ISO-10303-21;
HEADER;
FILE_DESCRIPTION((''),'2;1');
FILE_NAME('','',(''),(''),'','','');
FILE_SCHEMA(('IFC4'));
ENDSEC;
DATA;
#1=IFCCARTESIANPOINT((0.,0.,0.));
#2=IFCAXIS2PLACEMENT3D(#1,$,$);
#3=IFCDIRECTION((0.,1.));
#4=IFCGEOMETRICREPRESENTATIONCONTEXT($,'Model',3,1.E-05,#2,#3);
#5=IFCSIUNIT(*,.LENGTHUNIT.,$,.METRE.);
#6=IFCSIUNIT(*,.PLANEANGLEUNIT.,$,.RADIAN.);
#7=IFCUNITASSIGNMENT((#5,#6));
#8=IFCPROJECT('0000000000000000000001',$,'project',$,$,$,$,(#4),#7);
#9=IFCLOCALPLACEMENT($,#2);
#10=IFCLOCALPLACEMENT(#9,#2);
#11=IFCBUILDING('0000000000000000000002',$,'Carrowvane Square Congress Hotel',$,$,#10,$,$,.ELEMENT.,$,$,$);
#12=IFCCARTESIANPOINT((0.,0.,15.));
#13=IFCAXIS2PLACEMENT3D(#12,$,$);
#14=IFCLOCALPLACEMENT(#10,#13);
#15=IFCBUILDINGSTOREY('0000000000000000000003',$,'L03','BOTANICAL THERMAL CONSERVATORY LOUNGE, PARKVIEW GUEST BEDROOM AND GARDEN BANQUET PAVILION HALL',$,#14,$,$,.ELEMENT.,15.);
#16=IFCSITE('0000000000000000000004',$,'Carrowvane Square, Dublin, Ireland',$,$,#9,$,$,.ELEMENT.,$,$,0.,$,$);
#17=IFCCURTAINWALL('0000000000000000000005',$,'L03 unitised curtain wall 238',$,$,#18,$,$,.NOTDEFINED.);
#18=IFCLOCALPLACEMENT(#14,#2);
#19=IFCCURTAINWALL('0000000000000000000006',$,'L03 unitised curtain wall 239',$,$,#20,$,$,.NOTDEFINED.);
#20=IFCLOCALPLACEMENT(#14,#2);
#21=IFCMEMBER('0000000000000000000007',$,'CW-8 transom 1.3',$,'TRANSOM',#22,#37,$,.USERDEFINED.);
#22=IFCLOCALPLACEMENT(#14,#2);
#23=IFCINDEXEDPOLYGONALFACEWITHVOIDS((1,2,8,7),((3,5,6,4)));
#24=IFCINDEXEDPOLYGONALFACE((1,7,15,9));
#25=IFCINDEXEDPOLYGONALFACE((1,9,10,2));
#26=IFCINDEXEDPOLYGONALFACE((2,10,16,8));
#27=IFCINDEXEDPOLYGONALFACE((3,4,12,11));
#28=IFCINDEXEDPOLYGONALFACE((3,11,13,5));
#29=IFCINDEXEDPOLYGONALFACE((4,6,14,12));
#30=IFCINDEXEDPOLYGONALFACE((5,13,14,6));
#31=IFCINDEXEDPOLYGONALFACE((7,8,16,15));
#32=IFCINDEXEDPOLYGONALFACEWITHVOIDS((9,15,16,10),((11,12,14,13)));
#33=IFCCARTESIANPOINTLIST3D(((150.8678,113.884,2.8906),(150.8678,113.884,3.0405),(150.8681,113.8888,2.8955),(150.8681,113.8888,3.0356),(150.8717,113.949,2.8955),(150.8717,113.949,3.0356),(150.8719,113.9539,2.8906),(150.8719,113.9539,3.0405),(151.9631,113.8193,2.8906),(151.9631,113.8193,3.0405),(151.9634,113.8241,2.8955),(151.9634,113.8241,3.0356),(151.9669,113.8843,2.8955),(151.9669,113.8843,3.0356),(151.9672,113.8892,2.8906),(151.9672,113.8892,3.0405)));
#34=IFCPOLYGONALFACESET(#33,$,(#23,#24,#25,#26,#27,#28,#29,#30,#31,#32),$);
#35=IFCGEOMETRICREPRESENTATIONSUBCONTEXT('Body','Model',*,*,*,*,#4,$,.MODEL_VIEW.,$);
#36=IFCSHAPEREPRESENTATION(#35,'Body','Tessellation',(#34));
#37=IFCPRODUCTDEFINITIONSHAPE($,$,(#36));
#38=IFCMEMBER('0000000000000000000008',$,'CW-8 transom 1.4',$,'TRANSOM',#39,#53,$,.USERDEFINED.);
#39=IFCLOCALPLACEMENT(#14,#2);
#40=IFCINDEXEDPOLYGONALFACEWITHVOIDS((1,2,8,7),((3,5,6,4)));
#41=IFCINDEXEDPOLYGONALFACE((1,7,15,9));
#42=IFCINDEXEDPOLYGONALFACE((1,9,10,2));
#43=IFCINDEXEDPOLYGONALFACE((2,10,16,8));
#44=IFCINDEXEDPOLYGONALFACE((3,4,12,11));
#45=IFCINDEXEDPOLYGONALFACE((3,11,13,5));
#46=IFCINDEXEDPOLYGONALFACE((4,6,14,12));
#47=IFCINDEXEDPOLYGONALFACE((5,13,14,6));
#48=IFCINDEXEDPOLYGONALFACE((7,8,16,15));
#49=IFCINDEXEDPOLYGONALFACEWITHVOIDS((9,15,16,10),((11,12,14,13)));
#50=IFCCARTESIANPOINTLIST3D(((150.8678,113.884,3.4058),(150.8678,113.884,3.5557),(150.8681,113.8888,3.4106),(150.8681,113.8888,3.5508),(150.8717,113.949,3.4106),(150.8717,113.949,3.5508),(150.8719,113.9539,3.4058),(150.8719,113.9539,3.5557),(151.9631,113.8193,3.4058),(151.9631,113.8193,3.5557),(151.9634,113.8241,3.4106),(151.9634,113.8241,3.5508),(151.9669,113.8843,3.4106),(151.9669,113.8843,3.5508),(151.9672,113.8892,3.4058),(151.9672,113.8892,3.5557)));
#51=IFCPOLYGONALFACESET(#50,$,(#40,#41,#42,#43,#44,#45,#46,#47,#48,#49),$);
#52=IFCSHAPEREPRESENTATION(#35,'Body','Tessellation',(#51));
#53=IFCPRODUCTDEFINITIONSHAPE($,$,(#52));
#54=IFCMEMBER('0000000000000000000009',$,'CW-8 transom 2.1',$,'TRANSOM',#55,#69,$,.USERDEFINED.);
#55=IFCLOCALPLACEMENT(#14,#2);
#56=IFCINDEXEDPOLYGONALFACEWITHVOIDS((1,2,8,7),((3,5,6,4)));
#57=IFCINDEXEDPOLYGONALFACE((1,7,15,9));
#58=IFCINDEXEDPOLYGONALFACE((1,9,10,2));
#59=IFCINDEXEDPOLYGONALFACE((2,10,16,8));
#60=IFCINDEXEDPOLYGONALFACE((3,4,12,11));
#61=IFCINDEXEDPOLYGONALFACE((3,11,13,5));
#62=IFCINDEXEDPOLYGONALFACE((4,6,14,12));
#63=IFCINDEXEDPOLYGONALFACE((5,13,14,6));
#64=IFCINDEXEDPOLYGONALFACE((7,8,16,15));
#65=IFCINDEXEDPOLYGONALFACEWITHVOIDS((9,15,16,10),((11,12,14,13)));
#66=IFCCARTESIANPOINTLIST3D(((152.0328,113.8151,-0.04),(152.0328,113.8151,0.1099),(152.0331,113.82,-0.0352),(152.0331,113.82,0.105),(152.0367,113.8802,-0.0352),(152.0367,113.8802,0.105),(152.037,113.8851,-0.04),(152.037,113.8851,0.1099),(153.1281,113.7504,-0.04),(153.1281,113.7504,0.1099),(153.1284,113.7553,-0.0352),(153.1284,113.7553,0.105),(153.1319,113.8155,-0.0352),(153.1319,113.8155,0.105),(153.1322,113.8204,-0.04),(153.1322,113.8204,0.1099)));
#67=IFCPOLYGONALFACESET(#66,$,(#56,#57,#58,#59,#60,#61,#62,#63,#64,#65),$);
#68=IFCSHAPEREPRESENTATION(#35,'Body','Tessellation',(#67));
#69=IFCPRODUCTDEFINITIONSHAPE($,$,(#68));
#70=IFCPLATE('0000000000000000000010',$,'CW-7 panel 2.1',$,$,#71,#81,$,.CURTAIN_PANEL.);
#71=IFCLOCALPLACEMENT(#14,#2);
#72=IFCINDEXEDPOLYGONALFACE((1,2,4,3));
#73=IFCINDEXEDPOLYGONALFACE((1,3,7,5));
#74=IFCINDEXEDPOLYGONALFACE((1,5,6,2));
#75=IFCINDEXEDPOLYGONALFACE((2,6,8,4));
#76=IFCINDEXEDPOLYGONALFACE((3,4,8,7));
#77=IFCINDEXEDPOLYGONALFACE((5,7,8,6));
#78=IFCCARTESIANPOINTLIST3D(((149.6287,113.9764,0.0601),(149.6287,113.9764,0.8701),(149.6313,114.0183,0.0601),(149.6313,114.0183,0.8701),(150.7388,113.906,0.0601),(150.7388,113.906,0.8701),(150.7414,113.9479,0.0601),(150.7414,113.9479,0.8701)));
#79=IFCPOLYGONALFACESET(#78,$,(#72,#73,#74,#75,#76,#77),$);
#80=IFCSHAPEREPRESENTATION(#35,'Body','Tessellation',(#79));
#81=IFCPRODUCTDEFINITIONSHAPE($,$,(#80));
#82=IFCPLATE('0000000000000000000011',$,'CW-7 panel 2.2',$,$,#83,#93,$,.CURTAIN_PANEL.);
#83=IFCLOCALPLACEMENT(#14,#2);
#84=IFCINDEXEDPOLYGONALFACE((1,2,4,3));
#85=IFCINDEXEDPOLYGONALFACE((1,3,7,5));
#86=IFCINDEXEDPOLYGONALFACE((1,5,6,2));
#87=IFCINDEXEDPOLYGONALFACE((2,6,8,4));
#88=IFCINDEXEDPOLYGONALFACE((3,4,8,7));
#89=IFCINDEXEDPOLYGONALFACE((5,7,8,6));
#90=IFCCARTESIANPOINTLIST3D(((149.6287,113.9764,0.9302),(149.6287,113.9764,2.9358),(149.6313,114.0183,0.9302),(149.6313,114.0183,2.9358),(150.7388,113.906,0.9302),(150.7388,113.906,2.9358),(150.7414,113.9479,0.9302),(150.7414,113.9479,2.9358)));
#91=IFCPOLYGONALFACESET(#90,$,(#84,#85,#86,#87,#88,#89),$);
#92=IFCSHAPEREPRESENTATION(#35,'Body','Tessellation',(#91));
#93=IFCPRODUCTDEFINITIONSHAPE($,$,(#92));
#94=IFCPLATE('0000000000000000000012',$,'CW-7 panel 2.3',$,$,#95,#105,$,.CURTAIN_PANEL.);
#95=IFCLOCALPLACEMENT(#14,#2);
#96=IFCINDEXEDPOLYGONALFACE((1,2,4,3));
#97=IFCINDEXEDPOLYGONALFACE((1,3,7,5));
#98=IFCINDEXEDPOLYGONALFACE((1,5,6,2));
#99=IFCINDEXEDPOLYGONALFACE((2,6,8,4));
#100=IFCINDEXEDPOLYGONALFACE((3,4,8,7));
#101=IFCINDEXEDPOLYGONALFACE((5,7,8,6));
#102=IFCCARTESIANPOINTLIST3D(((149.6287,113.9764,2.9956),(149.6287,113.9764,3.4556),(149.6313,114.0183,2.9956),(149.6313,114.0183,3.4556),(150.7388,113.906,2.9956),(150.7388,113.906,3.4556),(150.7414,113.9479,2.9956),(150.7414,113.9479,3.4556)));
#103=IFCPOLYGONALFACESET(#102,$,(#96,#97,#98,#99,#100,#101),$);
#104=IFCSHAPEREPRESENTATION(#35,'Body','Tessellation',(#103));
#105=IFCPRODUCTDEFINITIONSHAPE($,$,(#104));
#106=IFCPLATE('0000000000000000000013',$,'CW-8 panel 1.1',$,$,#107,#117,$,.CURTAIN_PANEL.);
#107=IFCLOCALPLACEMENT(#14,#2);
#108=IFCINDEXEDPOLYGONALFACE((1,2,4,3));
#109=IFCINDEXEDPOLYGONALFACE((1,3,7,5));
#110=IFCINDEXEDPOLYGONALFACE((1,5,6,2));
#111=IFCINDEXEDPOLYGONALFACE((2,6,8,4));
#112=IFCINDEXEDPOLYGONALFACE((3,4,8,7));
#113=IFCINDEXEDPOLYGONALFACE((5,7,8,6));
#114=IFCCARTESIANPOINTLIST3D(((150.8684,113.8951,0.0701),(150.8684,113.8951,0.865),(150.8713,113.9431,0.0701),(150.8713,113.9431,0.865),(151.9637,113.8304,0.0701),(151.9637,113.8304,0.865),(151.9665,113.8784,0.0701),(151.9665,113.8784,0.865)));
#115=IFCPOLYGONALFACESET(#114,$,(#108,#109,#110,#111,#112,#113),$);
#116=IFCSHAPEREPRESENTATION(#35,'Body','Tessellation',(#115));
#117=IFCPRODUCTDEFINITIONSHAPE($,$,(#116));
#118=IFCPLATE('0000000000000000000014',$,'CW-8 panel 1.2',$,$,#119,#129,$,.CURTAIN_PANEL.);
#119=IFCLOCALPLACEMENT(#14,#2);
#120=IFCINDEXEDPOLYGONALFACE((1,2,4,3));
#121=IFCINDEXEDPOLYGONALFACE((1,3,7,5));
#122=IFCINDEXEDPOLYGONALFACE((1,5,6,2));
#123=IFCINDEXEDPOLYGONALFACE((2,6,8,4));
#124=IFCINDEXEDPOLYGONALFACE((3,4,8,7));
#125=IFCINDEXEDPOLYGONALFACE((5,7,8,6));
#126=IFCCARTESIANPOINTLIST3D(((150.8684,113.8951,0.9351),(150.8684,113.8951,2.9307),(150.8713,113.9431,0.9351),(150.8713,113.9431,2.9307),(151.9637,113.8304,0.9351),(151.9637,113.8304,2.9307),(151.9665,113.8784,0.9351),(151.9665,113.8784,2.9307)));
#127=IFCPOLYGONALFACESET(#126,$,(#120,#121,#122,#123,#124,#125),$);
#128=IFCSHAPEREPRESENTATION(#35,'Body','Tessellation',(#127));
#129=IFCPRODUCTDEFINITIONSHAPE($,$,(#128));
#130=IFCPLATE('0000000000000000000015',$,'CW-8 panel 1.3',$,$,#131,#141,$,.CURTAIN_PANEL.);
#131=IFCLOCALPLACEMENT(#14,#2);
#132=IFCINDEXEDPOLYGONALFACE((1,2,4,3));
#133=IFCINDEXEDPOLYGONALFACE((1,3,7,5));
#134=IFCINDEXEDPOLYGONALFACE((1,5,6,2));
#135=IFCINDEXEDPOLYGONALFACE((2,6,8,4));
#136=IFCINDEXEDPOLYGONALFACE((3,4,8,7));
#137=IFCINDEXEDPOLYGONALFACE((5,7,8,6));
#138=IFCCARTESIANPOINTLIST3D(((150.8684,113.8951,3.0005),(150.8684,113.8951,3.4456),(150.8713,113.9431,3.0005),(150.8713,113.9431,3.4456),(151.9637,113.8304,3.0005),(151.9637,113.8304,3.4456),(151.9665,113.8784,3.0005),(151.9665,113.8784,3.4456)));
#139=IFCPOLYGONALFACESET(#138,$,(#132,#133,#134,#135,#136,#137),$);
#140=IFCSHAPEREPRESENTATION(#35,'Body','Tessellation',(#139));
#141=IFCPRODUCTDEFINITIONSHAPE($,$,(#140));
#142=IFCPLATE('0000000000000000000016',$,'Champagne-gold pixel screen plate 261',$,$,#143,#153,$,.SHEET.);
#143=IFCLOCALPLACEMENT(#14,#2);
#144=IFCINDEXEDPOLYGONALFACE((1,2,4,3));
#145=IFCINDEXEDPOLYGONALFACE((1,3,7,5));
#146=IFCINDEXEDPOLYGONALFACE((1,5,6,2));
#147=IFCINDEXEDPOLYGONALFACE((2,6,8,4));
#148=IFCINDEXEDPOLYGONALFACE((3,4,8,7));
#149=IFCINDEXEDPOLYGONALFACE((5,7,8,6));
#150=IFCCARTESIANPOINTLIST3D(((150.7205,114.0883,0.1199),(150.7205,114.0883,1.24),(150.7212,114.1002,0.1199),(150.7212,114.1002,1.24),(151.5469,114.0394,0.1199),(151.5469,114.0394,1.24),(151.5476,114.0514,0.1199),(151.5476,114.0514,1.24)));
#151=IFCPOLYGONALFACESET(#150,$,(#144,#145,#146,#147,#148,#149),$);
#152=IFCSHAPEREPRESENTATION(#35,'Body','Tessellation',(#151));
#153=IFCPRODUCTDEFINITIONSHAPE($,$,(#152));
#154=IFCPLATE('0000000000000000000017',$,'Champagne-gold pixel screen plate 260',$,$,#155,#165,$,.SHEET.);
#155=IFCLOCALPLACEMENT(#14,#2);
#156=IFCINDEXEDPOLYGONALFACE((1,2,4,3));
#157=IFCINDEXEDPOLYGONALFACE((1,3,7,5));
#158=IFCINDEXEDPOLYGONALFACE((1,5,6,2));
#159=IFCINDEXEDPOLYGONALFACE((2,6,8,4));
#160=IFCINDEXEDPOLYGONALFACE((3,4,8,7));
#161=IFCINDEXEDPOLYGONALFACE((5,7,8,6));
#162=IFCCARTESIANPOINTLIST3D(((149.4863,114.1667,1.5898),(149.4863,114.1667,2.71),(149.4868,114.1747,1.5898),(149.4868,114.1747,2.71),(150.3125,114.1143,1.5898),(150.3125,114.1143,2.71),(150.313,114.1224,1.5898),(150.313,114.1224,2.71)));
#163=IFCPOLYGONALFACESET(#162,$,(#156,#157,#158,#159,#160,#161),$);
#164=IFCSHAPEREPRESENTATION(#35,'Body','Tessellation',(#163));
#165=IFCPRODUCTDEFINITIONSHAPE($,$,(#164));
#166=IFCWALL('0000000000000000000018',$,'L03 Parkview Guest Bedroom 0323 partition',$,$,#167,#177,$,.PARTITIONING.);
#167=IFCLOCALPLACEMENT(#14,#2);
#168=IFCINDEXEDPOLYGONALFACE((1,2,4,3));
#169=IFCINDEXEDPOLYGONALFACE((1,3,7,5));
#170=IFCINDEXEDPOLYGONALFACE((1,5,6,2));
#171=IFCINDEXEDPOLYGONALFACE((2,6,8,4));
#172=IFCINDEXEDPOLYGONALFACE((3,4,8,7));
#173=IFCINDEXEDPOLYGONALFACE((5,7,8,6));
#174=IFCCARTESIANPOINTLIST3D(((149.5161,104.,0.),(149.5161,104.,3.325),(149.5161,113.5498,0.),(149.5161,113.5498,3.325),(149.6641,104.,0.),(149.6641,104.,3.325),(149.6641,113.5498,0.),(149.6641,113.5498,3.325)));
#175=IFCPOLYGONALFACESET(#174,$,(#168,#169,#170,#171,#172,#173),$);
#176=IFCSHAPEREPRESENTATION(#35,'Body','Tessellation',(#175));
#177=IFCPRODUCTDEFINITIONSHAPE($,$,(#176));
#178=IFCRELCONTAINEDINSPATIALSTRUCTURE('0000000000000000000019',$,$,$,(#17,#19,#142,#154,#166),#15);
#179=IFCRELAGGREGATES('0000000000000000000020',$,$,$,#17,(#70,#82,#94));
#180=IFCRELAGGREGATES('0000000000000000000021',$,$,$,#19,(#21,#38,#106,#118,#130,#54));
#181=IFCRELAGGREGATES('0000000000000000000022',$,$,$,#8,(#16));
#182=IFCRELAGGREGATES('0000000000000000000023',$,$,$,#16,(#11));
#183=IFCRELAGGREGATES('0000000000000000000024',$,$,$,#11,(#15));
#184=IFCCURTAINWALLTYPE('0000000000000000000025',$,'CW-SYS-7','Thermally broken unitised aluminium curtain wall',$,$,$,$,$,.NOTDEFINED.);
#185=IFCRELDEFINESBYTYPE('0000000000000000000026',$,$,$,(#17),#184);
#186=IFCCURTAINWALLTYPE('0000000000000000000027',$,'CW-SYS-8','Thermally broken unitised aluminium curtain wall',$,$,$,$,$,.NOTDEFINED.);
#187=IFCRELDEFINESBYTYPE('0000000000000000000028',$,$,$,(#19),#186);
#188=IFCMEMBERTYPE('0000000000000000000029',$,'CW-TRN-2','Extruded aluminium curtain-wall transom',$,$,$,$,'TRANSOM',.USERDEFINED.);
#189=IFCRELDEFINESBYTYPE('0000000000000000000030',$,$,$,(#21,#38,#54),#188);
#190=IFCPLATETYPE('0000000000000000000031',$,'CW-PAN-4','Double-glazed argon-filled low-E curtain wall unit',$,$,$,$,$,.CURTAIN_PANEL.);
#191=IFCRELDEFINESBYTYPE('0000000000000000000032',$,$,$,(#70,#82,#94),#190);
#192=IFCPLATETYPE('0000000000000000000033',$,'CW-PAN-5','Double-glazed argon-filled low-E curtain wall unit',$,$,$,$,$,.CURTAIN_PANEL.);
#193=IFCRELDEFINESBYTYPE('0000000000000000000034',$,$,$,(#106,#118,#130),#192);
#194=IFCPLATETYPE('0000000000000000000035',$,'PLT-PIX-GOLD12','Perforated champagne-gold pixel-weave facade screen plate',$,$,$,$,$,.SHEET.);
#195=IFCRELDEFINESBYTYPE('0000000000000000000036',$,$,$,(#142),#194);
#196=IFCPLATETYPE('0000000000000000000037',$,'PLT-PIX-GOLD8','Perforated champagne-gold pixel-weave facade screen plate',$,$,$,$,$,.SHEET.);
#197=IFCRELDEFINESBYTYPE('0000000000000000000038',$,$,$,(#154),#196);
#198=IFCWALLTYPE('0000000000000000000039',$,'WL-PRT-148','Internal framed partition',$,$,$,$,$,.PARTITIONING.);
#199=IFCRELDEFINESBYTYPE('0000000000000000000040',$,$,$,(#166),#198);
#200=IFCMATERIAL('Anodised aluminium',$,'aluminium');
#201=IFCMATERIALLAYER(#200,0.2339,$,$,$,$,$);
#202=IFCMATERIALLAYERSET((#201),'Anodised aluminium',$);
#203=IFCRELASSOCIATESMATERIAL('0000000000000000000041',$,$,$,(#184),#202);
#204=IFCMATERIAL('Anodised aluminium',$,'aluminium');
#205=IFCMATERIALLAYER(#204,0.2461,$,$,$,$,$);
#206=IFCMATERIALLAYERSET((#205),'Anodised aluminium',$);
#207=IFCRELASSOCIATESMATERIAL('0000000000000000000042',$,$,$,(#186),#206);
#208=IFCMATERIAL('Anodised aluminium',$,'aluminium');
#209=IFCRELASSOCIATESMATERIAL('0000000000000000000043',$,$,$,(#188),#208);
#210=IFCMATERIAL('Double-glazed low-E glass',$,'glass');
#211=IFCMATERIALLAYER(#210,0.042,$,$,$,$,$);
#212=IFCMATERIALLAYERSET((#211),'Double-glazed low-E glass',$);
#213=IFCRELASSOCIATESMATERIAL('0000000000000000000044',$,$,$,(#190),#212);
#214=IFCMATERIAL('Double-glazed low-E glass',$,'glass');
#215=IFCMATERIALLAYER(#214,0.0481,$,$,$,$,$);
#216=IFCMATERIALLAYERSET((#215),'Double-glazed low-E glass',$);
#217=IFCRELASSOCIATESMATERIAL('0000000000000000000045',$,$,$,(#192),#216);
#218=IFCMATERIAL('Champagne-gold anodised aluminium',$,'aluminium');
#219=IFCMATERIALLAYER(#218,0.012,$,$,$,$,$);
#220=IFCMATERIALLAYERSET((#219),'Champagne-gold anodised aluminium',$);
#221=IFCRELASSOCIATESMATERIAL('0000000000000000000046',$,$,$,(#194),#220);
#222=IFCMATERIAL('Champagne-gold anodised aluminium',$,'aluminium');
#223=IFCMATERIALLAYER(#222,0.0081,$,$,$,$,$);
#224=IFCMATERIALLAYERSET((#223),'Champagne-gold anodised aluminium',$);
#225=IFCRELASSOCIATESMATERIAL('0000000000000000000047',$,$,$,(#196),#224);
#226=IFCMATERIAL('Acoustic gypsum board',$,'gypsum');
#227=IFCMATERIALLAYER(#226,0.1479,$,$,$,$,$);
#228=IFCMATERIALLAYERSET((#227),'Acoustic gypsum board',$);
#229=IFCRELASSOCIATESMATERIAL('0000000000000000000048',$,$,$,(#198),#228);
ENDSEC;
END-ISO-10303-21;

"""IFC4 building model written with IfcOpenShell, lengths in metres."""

from ifc_helpers import new_model, si_unit, direction, frame, frame_2d, origin, origin_2d, place, context, subcontext, project, spatial, rectangle, hollow_rectangle, extrude, material, layer, layer_set, material_profile, profile_set, type_object, element, aggregate, save


model = new_model("IFC4")

# Units and contexts
model_context = context("Model", 3, precision=1e-05, world=origin(), true_north=direction((0.0, 1.0)))
body_context = subcontext(model_context, "Body", "Model", "MODEL_VIEW")
ifc_project = project(units=[si_unit("LENGTHUNIT", "METRE"), si_unit("PLANEANGLEUNIT", "RADIAN")], contexts=[model_context])

# Site, building, storey
site_placement = place(None, origin())
site = spatial("IfcSite", under=ifc_project, at=site_placement, Name="Carrowvane Square, Dublin, Ireland", CompositionType="ELEMENT", RefElevation=0.0)
building_placement = place(site_placement, origin())
building = spatial("IfcBuilding", under=site, at=building_placement, Name="Carrowvane Square Congress Hotel", CompositionType="ELEMENT")
storey_placement = place(building_placement, frame((0.0, 0.0, 15.0)))
storey = spatial("IfcBuildingStorey", under=building, at=storey_placement, Name="L03", Description="BOTANICAL THERMAL CONSERVATORY LOUNGE, PARKVIEW GUEST BEDROOM AND GARDEN BANQUET PAVILION HALL", CompositionType="ELEMENT", Elevation=15.0)

# Curtain walls
ifc_material_1 = material(Name="Anodised aluminium", Category="aluminium")
ifc_layer_1 = layer(ifc_material_1, 0.2339)
ifc_layer_set_1 = layer_set([ifc_layer_1], Name="Anodised aluminium")
curtain_wall_type_1 = type_object("IfcCurtainWallType", Name="CW-SYS-7", Description="Thermally broken unitised aluminium curtain wall", PredefinedType="NOTDEFINED", material=ifc_layer_set_1)
curtain_wall_1_placement = place(storey_placement, origin())
curtain_wall_1 = element("IfcCurtainWall", 1, at=curtain_wall_1_placement, inside=storey, type_object=curtain_wall_type_1, Name="L03 unitised curtain wall 238", PredefinedType="NOTDEFINED")
ifc_material_2 = material(Name="Anodised aluminium", Category="aluminium")
ifc_layer_2 = layer(ifc_material_2, 0.2461)
ifc_layer_set_2 = layer_set([ifc_layer_2], Name="Anodised aluminium")
curtain_wall_type_2 = type_object("IfcCurtainWallType", Name="CW-SYS-8", Description="Thermally broken unitised aluminium curtain wall", PredefinedType="NOTDEFINED", material=ifc_layer_set_2)
curtain_wall_2_placement = place(storey_placement, origin())
curtain_wall_2 = element("IfcCurtainWall", 2, at=curtain_wall_2_placement, inside=storey, type_object=curtain_wall_type_2, Name="L03 unitised curtain wall 239", PredefinedType="NOTDEFINED")

# Members
ifc_material_3 = material(Name="Anodised aluminium", Category="aluminium")
ifc_material_profile_1 = material_profile(ifc_material_3, hollow_rectangle(XDim=0.0701, YDim=0.1499, WallThickness=0.0049, at=origin_2d()), Name="CW-TR 70x150x5")
ifc_profile_set_1 = profile_set([ifc_material_profile_1], Name="Anodised aluminium")
member_type_1 = type_object("IfcMemberType", Name="CW-TRN-2", Description="Extruded aluminium curtain-wall transom", ElementType="TRANSOM", PredefinedType="USERDEFINED", material=ifc_profile_set_1)
member_1_placement = place(storey_placement, frame((150.8699, 113.9189, 2.9656), z_axis=(0.99826, -0.05897, 0.0), x_axis=(0.05897, 0.99826, 0.0)))
member_1 = element("IfcMember", 3, at=member_1_placement, type_object=member_type_1, Name="CW-8 transom 1.3", ObjectType="TRANSOM", PredefinedType="USERDEFINED", context=body_context, shape_type="SweptSolid", body=[
    extrude(hollow_rectangle(XDim=0.0701, YDim=0.1499, WallThickness=0.0049, at=origin_2d()), origin(), (0.0, 0.0, 1.0), 1.0972),
])
member_2_placement = place(storey_placement, frame((150.8699, 113.9189, 3.4807), z_axis=(0.99826, -0.05897, 0.0), x_axis=(0.05897, 0.99826, 0.0)))
member_2 = element("IfcMember", 4, at=member_2_placement, type_object=member_type_1, Name="CW-8 transom 1.4", ObjectType="TRANSOM", PredefinedType="USERDEFINED", context=body_context, shape_type="SweptSolid", body=[
    extrude(hollow_rectangle(XDim=0.0701, YDim=0.1499, WallThickness=0.0049, at=origin_2d()), origin(), (0.0, 0.0, 1.0), 1.0972),
])
member_3_placement = place(storey_placement, frame((152.0349, 113.8501, 0.0349), z_axis=(0.99826, -0.05897, 0.0), x_axis=(0.05897, 0.99826, 0.0)))
member_3 = element("IfcMember", 5, at=member_3_placement, type_object=member_type_1, Name="CW-8 transom 2.1", ObjectType="TRANSOM", PredefinedType="USERDEFINED", context=body_context, shape_type="SweptSolid", body=[
    extrude(hollow_rectangle(XDim=0.0701, YDim=0.1499, WallThickness=0.0049, at=origin_2d()), origin(), (0.0, 0.0, 1.0), 1.0972),
])

# Plates
ifc_material_4 = material(Name="Double-glazed low-E glass", Category="glass")
ifc_layer_3 = layer(ifc_material_4, 0.042)
ifc_layer_set_3 = layer_set([ifc_layer_3], Name="Double-glazed low-E glass")
plate_type_1 = type_object("IfcPlateType", Name="CW-PAN-4", Description="Double-glazed argon-filled low-E curtain wall unit", PredefinedType="CURTAIN_PANEL", material=ifc_layer_set_3)
plate_1_placement = place(storey_placement, frame((150.1851, 113.9622, 0.0601), z_axis=(0.0, 0.0, 1.0), x_axis=(0.997996, -0.063273, 0.0)))
plate_1 = element("IfcPlate", 6, at=plate_1_placement, type_object=plate_type_1, Name="CW-7 panel 2.1", PredefinedType="CURTAIN_PANEL", context=body_context, shape_type="SweptSolid", body=[
    extrude(rectangle(XDim=1.1123, YDim=0.042, at=origin_2d()), origin(), (0.0, 0.0, 1.0), 0.8101),
])
plate_2_placement = place(storey_placement, frame((150.1851, 113.9622, 0.9302), z_axis=(0.0, 0.0, 1.0), x_axis=(0.997996, -0.063273, 0.0)))
plate_2 = element("IfcPlate", 7, at=plate_2_placement, type_object=plate_type_1, Name="CW-7 panel 2.2", PredefinedType="CURTAIN_PANEL", context=body_context, shape_type="SweptSolid", body=[
    extrude(rectangle(XDim=1.1123, YDim=0.042, at=origin_2d()), origin(), (0.0, 0.0, 1.0), 2.0056),
])
plate_3_placement = place(storey_placement, frame((150.1851, 113.9622, 2.9956), z_axis=(0.0, 0.0, 1.0), x_axis=(0.997996, -0.063273, 0.0)))
plate_3 = element("IfcPlate", 8, at=plate_3_placement, type_object=plate_type_1, Name="CW-7 panel 2.3", PredefinedType="CURTAIN_PANEL", context=body_context, shape_type="SweptSolid", body=[
    extrude(rectangle(XDim=1.1123, YDim=0.042, at=origin_2d()), origin(), (0.0, 0.0, 1.0), 0.46),
])
aggregate(curtain_wall_1, [plate_1, plate_2, plate_3])
ifc_material_5 = material(Name="Double-glazed low-E glass", Category="glass")
ifc_layer_4 = layer(ifc_material_5, 0.0481)
ifc_layer_set_4 = layer_set([ifc_layer_4], Name="Double-glazed low-E glass")
plate_type_2 = type_object("IfcPlateType", Name="CW-PAN-5", Description="Double-glazed argon-filled low-E curtain wall unit", PredefinedType="CURTAIN_PANEL", material=ifc_layer_set_4)
plate_4_placement = place(storey_placement, frame((151.4175, 113.8867, 0.0701), z_axis=(0.0, 0.0, 1.0), x_axis=(0.998259, -0.058989, 0.0)))
plate_4 = element("IfcPlate", 9, at=plate_4_placement, type_object=plate_type_2, Name="CW-8 panel 1.1", PredefinedType="CURTAIN_PANEL", context=body_context, shape_type="SweptSolid", body=[
    extrude(rectangle(XDim=1.0972, YDim=0.0481, at=origin_2d()), origin(), (0.0, 0.0, 1.0), 0.7949),
])
plate_5_placement = place(storey_placement, frame((151.4175, 113.8867, 0.9351), z_axis=(0.0, 0.0, 1.0), x_axis=(0.998259, -0.058989, 0.0)))
plate_5 = element("IfcPlate", 10, at=plate_5_placement, type_object=plate_type_2, Name="CW-8 panel 1.2", PredefinedType="CURTAIN_PANEL", context=body_context, shape_type="SweptSolid", body=[
    extrude(rectangle(XDim=1.0972, YDim=0.0481, at=origin_2d()), origin(), (0.0, 0.0, 1.0), 1.9956),
])
plate_6_placement = place(storey_placement, frame((151.4175, 113.8867, 3.0005), z_axis=(0.0, 0.0, 1.0), x_axis=(0.998259, -0.058989, 0.0)))
plate_6 = element("IfcPlate", 11, at=plate_6_placement, type_object=plate_type_2, Name="CW-8 panel 1.3", PredefinedType="CURTAIN_PANEL", context=body_context, shape_type="SweptSolid", body=[
    extrude(rectangle(XDim=1.0972, YDim=0.0481, at=origin_2d()), origin(), (0.0, 0.0, 1.0), 0.4451),
])
aggregate(curtain_wall_2, [member_1, member_2, plate_4, plate_5, plate_6, member_3])

# Plates
ifc_material_6 = material(Name="Champagne-gold anodised aluminium", Category="aluminium")
ifc_layer_5 = layer(ifc_material_6, 0.012)
ifc_layer_set_5 = layer_set([ifc_layer_5], Name="Champagne-gold anodised aluminium")
plate_type_3 = type_object("IfcPlateType", Name="PLT-PIX-GOLD12", Description="Perforated champagne-gold pixel-weave facade screen plate", PredefinedType="SHEET", material=ifc_layer_set_5)
plate_7_placement = place(storey_placement, frame((151.134, 114.0698, 0.1199), z_axis=(0.0, 0.0, 1.0), x_axis=(0.998259, -0.058985, 0.0)))
element("IfcPlate", 12, at=plate_7_placement, inside=storey, type_object=plate_type_3, Name="Champagne-gold pixel screen plate 261", PredefinedType="SHEET", context=body_context, shape_type="SweptSolid", body=[
    extrude(rectangle(XDim=0.8279, YDim=0.012, at=origin_2d()), origin(), (0.0, 0.0, 1.0), 1.1201),
])
ifc_material_7 = material(Name="Champagne-gold anodised aluminium", Category="aluminium")
ifc_layer_6 = layer(ifc_material_7, 0.0081)
ifc_layer_set_6 = layer_set([ifc_layer_6], Name="Champagne-gold anodised aluminium")
plate_type_4 = type_object("IfcPlateType", Name="PLT-PIX-GOLD8", Description="Perforated champagne-gold pixel-weave facade screen plate", PredefinedType="SHEET", material=ifc_layer_set_6)
plate_8_placement = place(storey_placement, frame((149.8997, 114.1445, 1.5898), z_axis=(0.0, 0.0, 1.0), x_axis=(0.997996, -0.063277, 0.0)))
element("IfcPlate", 13, at=plate_8_placement, inside=storey, type_object=plate_type_4, Name="Champagne-gold pixel screen plate 260", PredefinedType="SHEET", context=body_context, shape_type="SweptSolid", body=[
    extrude(rectangle(XDim=0.8279, YDim=0.0081, at=origin_2d()), origin(), (0.0, 0.0, 1.0), 1.1201),
])

# Wall
ifc_material_8 = material(Name="Acoustic gypsum board", Category="gypsum")
ifc_layer_7 = layer(ifc_material_8, 0.1479)
ifc_layer_set_7 = layer_set([ifc_layer_7], Name="Acoustic gypsum board")
wall_type = type_object("IfcWallType", Name="WL-PRT-148", Description="Internal framed partition", PredefinedType="PARTITIONING", material=ifc_layer_set_7)
wall_placement = place(storey_placement, frame((149.5901, 113.5498, 0.0), z_axis=(0.0, 0.0, 1.0), x_axis=(0.0, -1.0, 0.0)))
element("IfcWall", 14, at=wall_placement, inside=storey, type_object=wall_type, Name="L03 Parkview Guest Bedroom 0323 partition", PredefinedType="PARTITIONING", context=body_context, shape_type="SweptSolid", body=[
    extrude(rectangle(XDim=9.5498, YDim=0.1479, at=frame_2d((4.7749, 0.0))), origin(), (0.0, 0.0, 1.0), 3.325),
])

save(model, "model.ifc")
